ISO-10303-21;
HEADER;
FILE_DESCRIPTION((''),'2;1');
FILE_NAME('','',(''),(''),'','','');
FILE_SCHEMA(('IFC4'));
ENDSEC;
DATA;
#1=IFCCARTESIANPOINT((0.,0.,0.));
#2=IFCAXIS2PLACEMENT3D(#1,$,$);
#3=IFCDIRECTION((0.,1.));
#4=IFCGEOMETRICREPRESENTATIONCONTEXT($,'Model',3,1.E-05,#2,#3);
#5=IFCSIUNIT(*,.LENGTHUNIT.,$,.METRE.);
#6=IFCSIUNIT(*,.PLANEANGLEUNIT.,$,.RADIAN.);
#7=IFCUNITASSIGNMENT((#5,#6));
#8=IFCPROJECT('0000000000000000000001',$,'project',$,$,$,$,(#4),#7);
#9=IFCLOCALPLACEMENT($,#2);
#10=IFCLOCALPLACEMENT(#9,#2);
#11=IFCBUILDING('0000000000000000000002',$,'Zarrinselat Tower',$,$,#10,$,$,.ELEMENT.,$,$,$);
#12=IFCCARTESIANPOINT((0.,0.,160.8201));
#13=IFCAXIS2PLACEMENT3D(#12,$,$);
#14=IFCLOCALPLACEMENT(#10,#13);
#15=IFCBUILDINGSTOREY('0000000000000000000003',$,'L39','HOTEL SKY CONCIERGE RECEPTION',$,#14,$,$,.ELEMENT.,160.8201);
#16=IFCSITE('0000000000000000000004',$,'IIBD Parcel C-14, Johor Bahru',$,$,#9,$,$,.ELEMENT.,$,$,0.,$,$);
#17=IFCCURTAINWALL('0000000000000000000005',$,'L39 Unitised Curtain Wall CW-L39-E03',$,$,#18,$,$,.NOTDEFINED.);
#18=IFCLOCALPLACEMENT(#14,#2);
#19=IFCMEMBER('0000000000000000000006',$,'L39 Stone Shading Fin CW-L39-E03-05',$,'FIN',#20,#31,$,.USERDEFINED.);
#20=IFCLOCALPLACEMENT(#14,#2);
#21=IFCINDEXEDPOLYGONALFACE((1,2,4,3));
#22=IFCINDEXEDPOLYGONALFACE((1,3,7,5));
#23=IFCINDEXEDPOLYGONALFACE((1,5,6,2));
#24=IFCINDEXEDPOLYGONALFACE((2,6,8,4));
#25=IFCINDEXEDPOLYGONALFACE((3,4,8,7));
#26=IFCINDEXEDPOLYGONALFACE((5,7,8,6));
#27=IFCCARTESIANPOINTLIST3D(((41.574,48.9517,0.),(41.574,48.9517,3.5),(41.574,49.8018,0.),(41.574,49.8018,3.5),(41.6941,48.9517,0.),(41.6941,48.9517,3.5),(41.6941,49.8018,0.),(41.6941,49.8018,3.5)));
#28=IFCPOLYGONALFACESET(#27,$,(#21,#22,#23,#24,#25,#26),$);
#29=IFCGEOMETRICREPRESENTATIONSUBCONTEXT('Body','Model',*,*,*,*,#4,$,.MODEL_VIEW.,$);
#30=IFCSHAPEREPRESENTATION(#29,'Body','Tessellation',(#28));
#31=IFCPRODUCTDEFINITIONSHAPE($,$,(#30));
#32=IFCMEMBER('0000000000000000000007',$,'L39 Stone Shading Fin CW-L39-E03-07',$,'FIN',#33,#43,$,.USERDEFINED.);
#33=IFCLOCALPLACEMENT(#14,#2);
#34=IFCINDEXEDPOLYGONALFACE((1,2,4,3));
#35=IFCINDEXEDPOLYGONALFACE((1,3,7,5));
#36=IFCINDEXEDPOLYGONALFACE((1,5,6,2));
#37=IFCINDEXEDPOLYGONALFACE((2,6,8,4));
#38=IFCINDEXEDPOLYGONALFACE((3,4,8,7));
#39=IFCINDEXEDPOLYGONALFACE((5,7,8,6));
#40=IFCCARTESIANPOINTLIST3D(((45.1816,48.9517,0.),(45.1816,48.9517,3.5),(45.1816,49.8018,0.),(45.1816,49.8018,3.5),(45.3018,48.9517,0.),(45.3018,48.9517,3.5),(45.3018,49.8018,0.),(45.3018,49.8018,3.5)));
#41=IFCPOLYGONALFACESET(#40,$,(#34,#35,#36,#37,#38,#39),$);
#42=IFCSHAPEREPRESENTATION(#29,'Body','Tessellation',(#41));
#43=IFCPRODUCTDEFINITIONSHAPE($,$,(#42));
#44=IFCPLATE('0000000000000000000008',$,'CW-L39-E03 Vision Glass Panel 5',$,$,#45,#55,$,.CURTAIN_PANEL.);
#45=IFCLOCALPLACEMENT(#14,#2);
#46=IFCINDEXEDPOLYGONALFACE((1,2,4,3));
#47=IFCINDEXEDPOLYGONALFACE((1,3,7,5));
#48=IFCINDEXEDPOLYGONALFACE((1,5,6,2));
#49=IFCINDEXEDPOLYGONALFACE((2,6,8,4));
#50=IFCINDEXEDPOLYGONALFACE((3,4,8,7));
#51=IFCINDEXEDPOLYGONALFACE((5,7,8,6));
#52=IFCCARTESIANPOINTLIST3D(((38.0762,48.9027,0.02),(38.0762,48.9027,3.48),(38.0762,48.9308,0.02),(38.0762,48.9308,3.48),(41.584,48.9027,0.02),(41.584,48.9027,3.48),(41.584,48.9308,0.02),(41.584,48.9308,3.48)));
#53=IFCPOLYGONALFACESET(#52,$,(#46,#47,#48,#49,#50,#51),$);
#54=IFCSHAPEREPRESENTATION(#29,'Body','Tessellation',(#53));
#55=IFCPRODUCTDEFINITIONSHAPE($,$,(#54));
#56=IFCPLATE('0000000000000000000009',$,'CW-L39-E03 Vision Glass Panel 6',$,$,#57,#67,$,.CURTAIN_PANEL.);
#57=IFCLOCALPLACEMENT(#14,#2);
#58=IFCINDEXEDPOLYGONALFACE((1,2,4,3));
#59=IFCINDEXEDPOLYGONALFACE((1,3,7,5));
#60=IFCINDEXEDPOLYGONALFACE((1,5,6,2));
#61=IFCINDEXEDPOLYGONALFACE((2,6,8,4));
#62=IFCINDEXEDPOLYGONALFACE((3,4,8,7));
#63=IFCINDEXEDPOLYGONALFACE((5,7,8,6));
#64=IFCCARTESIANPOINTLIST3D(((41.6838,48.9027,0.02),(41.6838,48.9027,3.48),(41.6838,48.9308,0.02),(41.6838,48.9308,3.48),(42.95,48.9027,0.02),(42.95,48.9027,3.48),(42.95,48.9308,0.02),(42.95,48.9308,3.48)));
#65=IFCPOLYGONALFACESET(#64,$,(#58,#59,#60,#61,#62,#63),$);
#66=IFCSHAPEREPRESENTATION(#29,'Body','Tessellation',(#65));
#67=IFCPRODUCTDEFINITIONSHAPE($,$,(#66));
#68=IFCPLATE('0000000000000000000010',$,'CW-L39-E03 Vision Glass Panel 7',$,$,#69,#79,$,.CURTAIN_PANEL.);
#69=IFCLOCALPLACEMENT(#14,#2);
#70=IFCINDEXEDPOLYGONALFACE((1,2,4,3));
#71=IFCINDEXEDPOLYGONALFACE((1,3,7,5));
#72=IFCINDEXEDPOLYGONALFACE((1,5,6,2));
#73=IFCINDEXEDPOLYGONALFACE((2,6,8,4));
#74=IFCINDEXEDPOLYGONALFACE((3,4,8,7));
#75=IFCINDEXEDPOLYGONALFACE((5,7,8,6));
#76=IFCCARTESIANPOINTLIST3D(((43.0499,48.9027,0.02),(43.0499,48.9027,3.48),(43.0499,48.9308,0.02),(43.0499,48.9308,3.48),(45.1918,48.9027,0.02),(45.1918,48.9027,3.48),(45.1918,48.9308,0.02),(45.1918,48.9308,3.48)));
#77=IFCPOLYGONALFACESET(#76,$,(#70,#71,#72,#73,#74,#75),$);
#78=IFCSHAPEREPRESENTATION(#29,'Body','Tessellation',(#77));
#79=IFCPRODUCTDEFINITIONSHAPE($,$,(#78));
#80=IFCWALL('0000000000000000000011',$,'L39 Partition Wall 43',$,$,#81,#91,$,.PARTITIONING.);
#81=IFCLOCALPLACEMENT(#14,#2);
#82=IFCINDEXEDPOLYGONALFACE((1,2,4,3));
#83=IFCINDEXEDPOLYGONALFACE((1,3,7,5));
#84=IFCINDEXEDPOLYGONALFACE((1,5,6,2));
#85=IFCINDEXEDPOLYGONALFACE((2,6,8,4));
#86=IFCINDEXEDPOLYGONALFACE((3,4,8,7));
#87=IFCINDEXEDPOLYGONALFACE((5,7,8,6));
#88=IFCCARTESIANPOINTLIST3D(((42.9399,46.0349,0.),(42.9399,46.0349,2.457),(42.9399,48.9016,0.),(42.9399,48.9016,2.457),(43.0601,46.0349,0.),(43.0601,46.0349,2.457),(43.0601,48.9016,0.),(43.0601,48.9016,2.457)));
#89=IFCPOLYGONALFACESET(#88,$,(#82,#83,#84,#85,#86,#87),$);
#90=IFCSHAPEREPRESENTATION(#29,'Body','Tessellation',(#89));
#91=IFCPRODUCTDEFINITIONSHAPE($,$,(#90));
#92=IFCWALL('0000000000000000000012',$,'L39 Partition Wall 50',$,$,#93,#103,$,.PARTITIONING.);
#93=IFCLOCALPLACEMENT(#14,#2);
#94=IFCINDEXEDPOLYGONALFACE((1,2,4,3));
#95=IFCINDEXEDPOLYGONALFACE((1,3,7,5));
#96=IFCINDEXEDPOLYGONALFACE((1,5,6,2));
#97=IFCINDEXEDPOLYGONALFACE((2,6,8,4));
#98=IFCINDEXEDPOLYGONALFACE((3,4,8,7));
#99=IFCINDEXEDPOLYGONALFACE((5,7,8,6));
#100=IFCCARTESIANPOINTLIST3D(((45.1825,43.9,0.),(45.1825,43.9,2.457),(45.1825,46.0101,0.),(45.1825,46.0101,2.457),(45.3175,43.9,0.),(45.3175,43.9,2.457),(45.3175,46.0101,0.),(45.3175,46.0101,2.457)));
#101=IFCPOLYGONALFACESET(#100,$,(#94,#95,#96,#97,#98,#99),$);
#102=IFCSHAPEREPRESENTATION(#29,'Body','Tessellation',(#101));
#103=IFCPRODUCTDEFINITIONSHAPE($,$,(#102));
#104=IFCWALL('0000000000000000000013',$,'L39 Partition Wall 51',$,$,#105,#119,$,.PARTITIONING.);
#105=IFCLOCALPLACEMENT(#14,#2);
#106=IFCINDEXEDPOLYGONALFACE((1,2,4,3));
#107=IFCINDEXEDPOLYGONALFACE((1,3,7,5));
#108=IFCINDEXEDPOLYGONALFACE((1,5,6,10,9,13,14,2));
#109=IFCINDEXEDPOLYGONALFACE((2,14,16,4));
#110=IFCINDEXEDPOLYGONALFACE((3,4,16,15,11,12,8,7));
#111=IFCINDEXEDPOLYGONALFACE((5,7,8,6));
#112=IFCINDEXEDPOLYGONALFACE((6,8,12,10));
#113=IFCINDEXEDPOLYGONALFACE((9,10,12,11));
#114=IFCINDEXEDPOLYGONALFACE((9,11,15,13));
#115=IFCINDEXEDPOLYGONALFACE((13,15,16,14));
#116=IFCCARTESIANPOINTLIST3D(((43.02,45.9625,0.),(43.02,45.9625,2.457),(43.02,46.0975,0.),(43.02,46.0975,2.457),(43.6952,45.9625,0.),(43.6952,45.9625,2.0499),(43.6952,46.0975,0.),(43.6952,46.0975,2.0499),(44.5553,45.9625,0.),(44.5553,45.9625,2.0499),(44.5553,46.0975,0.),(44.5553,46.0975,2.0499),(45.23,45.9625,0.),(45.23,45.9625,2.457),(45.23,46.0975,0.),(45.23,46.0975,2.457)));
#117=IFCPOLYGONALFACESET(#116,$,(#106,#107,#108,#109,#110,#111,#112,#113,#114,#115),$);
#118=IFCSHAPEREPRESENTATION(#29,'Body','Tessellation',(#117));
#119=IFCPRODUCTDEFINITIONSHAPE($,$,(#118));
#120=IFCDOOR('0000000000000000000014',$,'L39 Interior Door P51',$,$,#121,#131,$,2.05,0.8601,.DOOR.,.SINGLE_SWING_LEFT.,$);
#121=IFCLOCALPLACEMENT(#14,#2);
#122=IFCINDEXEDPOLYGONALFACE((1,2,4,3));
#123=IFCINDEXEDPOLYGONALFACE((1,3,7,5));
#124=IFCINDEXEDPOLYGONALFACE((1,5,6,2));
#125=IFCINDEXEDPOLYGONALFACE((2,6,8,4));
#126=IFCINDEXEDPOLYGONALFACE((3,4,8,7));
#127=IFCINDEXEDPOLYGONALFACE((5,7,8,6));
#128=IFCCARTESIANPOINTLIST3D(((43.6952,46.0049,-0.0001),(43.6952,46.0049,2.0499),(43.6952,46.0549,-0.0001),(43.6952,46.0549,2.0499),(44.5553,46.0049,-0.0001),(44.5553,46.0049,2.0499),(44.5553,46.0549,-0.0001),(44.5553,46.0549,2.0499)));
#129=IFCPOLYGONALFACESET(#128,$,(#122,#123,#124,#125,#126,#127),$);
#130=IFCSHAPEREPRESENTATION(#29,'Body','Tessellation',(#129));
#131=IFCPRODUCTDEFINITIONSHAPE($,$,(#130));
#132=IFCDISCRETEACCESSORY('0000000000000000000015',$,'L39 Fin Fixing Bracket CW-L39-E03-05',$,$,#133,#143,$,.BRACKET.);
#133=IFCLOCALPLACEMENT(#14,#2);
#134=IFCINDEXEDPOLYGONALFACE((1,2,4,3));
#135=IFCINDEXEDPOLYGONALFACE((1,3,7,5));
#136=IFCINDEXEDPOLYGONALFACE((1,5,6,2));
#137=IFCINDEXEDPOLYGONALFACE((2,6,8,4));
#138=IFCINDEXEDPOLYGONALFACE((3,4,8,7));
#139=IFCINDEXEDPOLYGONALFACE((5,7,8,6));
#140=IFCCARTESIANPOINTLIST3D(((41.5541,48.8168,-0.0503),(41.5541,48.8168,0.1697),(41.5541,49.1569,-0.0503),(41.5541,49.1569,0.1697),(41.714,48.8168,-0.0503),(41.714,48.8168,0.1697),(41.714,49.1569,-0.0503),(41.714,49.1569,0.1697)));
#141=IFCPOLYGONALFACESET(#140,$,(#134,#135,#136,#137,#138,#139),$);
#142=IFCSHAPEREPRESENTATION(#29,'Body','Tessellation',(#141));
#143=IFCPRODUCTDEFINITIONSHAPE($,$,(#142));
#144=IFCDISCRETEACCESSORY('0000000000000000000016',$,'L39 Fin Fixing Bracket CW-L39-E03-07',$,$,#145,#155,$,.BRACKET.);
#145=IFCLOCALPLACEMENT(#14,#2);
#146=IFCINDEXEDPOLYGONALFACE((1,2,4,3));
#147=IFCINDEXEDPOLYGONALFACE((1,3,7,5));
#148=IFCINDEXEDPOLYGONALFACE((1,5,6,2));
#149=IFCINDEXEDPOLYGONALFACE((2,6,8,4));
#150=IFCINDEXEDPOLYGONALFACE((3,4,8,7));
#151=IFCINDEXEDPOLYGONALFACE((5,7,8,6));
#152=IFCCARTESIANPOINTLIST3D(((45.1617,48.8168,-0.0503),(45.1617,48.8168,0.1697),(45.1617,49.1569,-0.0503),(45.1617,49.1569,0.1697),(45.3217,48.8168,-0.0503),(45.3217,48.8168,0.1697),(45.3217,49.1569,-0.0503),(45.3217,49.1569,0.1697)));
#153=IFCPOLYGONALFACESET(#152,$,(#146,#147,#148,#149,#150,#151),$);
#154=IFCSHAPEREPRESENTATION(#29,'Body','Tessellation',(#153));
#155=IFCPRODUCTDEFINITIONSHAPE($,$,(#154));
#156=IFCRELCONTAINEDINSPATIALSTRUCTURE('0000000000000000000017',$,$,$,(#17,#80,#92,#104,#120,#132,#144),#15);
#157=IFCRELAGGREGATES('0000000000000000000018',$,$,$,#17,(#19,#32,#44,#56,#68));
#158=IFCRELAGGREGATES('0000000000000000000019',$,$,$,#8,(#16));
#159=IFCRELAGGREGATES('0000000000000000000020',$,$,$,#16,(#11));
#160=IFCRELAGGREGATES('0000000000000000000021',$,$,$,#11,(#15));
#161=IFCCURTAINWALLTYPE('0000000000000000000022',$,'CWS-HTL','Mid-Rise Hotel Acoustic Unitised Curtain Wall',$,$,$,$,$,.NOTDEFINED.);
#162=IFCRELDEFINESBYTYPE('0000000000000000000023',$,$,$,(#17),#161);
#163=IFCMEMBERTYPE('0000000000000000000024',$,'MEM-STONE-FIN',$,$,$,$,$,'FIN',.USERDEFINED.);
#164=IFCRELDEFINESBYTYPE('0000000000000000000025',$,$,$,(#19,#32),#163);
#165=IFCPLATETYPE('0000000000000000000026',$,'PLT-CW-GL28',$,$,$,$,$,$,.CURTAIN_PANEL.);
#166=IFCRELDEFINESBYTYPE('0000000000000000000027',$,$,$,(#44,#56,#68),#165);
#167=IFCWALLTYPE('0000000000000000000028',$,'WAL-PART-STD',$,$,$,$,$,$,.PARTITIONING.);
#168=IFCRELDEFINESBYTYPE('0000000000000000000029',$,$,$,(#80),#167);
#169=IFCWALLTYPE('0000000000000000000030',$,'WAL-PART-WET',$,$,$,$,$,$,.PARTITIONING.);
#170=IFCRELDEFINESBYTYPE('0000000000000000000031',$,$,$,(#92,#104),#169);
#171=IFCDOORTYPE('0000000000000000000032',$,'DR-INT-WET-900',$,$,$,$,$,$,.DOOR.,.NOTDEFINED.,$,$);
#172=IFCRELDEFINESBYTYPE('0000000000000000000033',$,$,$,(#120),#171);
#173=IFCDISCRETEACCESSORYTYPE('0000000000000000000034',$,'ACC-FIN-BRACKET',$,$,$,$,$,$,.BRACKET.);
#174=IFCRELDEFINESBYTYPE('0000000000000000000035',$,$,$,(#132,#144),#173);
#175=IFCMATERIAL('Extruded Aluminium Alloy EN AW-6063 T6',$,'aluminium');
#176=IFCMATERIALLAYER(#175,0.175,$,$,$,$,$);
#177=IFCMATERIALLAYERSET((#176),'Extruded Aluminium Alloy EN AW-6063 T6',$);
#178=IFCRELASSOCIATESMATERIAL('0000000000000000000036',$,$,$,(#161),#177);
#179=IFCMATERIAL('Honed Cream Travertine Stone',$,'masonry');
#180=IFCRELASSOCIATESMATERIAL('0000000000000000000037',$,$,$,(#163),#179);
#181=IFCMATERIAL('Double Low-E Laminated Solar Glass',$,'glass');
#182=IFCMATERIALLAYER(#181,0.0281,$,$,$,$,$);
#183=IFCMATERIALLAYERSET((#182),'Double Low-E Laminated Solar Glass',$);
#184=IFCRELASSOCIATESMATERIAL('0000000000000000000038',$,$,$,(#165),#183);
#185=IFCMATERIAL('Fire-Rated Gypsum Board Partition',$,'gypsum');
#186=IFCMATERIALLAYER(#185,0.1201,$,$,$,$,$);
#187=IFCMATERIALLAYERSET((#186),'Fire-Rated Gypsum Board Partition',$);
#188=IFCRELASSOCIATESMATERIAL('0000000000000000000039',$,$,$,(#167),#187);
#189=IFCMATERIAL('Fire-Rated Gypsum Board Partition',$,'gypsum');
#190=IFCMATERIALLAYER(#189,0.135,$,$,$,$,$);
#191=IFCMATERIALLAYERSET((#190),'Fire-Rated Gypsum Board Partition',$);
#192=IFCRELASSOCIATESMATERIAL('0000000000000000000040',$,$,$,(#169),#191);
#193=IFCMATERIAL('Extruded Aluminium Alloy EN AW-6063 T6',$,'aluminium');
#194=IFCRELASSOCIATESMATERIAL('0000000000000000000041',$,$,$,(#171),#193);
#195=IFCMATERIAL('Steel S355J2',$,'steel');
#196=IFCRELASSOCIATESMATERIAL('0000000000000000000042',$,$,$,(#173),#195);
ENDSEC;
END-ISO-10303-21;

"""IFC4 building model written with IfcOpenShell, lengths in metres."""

from ifc_helpers import new_model, si_unit, direction, frame, frame_2d, origin, origin_2d, place, context, subcontext, project, spatial, rectangle, extrude, material, layer, layer_set, material_profile, profile_set, type_object, element, fill, aggregate, save


model = new_model("IFC4")

# Units and contexts
model_context = context("Model", 3, precision=1e-05, world=origin(), true_north=direction((0.0, 1.0)))
body_context = subcontext(model_context, "Body", "Model", "MODEL_VIEW")
ifc_project = project(units=[si_unit("LENGTHUNIT", "METRE"), si_unit("PLANEANGLEUNIT", "RADIAN")], contexts=[model_context])

# Site, building, storey
site_placement = place(None, origin())
site = spatial("IfcSite", under=ifc_project, at=site_placement, Name="IIBD Parcel C-14, Johor Bahru", CompositionType="ELEMENT", RefElevation=0.0)
building_placement = place(site_placement, origin())
building = spatial("IfcBuilding", under=site, at=building_placement, Name="Zarrinselat Tower", CompositionType="ELEMENT")
storey_placement = place(building_placement, frame((0.0, 0.0, 160.8201)))
storey = spatial("IfcBuildingStorey", under=building, at=storey_placement, Name="L39", Description="HOTEL SKY CONCIERGE RECEPTION", CompositionType="ELEMENT", Elevation=160.8201)

# Curtain wall, members, plates
ifc_material_1 = material(Name="Extruded Aluminium Alloy EN AW-6063 T6", Category="aluminium")
ifc_layer_1 = layer(ifc_material_1, 0.175)
ifc_layer_set_1 = layer_set([ifc_layer_1], Name="Extruded Aluminium Alloy EN AW-6063 T6")
curtain_wall_type = type_object("IfcCurtainWallType", Name="CWS-HTL", Description="Mid-Rise Hotel Acoustic Unitised Curtain Wall", PredefinedType="NOTDEFINED", material=ifc_layer_set_1)
curtain_wall_placement = place(storey_placement, origin())
curtain_wall = element("IfcCurtainWall", 1, at=curtain_wall_placement, inside=storey, type_object=curtain_wall_type, Name="L39 Unitised Curtain Wall CW-L39-E03", PredefinedType="NOTDEFINED")
ifc_material_2 = material(Name="Honed Cream Travertine Stone", Category="masonry")
ifc_material_profile_1 = material_profile(ifc_material_2, rectangle(XDim=0.1201, YDim=0.8501, at=origin_2d()), Name="FIN 850x120")
ifc_profile_set_1 = profile_set([ifc_material_profile_1], Name="Honed Cream Travertine Stone")
member_type_1 = type_object("IfcMemberType", Name="MEM-STONE-FIN", ElementType="FIN", PredefinedType="USERDEFINED", material=ifc_profile_set_1)
member_1_placement = place(storey_placement, frame((41.634, 49.3767, 0.0), z_axis=(0.0, 0.0, 1.0), x_axis=(1.0, 0.0, 0.0)))
member_1 = element("IfcMember", 2, at=member_1_placement, type_object=member_type_1, Name="L39 Stone Shading Fin CW-L39-E03-05", ObjectType="FIN", PredefinedType="USERDEFINED", context=body_context, shape_type="SweptSolid", body=[
    extrude(rectangle(XDim=0.1201, YDim=0.8501, at=origin_2d()), origin(), (0.0, 0.0, 1.0), 3.5),
])
member_2_placement = place(storey_placement, frame((45.2417, 49.3767, 0.0), z_axis=(0.0, 0.0, 1.0), x_axis=(1.0, 0.0, 0.0)))
member_2 = element("IfcMember", 3, at=member_2_placement, type_object=member_type_1, Name="L39 Stone Shading Fin CW-L39-E03-07", ObjectType="FIN", PredefinedType="USERDEFINED", context=body_context, shape_type="SweptSolid", body=[
    extrude(rectangle(XDim=0.1201, YDim=0.8501, at=origin_2d()), origin(), (0.0, 0.0, 1.0), 3.5),
])
ifc_material_3 = material(Name="Double Low-E Laminated Solar Glass", Category="glass")
ifc_layer_2 = layer(ifc_material_3, 0.0281)
ifc_layer_set_2 = layer_set([ifc_layer_2], Name="Double Low-E Laminated Solar Glass")
plate_type = type_object("IfcPlateType", Name="PLT-CW-GL28", PredefinedType="CURTAIN_PANEL", material=ifc_layer_set_2)
plate_1_placement = place(storey_placement, frame((39.8301, 48.9167, 0.02), z_axis=(0.0, 0.0, 1.0), x_axis=(1.0, 0.0, 0.0)))
plate_1 = element("IfcPlate", 4, at=plate_1_placement, type_object=plate_type, Name="CW-L39-E03 Vision Glass Panel 5", PredefinedType="CURTAIN_PANEL", context=body_context, shape_type="SweptSolid", body=[
    extrude(rectangle(XDim=3.5078, YDim=0.0281, at=origin_2d()), origin(), (0.0, 0.0, 1.0), 3.46),
])
plate_2_placement = place(storey_placement, frame((42.3169, 48.9167, 0.02), z_axis=(0.0, 0.0, 1.0), x_axis=(1.0, 0.0, 0.0)))
plate_2 = element("IfcPlate", 5, at=plate_2_placement, type_object=plate_type, Name="CW-L39-E03 Vision Glass Panel 6", PredefinedType="CURTAIN_PANEL", context=body_context, shape_type="SweptSolid", body=[
    extrude(rectangle(XDim=1.2661, YDim=0.0281, at=origin_2d()), origin(), (0.0, 0.0, 1.0), 3.46),
])
plate_3_placement = place(storey_placement, frame((44.1208, 48.9167, 0.02), z_axis=(0.0, 0.0, 1.0), x_axis=(1.0, 0.0, 0.0)))
plate_3 = element("IfcPlate", 6, at=plate_3_placement, type_object=plate_type, Name="CW-L39-E03 Vision Glass Panel 7", PredefinedType="CURTAIN_PANEL", context=body_context, shape_type="SweptSolid", body=[
    extrude(rectangle(XDim=2.1418, YDim=0.0281, at=origin_2d()), origin(), (0.0, 0.0, 1.0), 3.46),
])
aggregate(curtain_wall, [member_1, member_2, plate_1, plate_2, plate_3])

# Walls
ifc_material_4 = material(Name="Fire-Rated Gypsum Board Partition", Category="gypsum")
ifc_layer_3 = layer(ifc_material_4, 0.1201)
ifc_layer_set_3 = layer_set([ifc_layer_3], Name="Fire-Rated Gypsum Board Partition")
wall_type_1 = type_object("IfcWallType", Name="WAL-PART-STD", PredefinedType="PARTITIONING", material=ifc_layer_set_3)
wall_1_placement = place(storey_placement, frame((43.0, 46.0349, 0.0), z_axis=(0.0, 0.0, 1.0), x_axis=(0.0, 1.0, 0.0)))
element("IfcWall", 7, at=wall_1_placement, inside=storey, type_object=wall_type_1, Name="L39 Partition Wall 43", PredefinedType="PARTITIONING", context=body_context, shape_type="SweptSolid", body=[
    extrude(rectangle(XDim=2.8667, YDim=0.1201, at=frame_2d((1.4333, 0.0))), origin(), (0.0, 0.0, 1.0), 2.457),
])
ifc_material_5 = material(Name="Fire-Rated Gypsum Board Partition", Category="gypsum")
ifc_layer_4 = layer(ifc_material_5, 0.135)
ifc_layer_set_4 = layer_set([ifc_layer_4], Name="Fire-Rated Gypsum Board Partition")
wall_type_2 = type_object("IfcWallType", Name="WAL-PART-WET", PredefinedType="PARTITIONING", material=ifc_layer_set_4)
wall_2_placement = place(storey_placement, frame((45.25, 43.8999, 0.0), z_axis=(0.0, 0.0, 1.0), x_axis=(0.0, 1.0, 0.0)))
element("IfcWall", 8, at=wall_2_placement, inside=storey, type_object=wall_type_2, Name="L39 Partition Wall 50", PredefinedType="PARTITIONING", context=body_context, shape_type="SweptSolid", body=[
    extrude(rectangle(XDim=2.1101, YDim=0.135, at=frame_2d((1.0552, 0.0))), origin(), (0.0, 0.0, 1.0), 2.457),
])

# Wall, opening, door
wall_3_placement = place(storey_placement, frame((43.02, 46.03, 0.0), z_axis=(0.0, 0.0, 1.0), x_axis=(1.0, 0.0, 0.0)))
wall_3 = element("IfcWall", 9, at=wall_3_placement, inside=storey, type_object=wall_type_2, Name="L39 Partition Wall 51", PredefinedType="PARTITIONING", context=body_context, shape_type="SweptSolid", body=[
    extrude(rectangle(XDim=2.21, YDim=0.135, at=frame_2d((1.105, 0.0))), origin(), (0.0, 0.0, 1.0), 2.457),
])
opening_placement = place(wall_3_placement, frame((0.675, 0.0, 0.0)))
opening = element("IfcOpeningElement", 10, at=opening_placement, cuts=wall_3, PredefinedType="OPENING", context=body_context, shape_type="SweptSolid", body=[
    extrude(rectangle(XDim=0.8601, YDim=2.05, at=frame_2d((0.4302, 1.0249))), frame((0.0, 0.0774, 0.0), z_axis=(0.0, -1.0, 0.0), x_axis=(1.0, 0.0, 0.0)), (0.0, 0.0, 1.0), 0.155),
])
ifc_material_6 = material(Name="Extruded Aluminium Alloy EN AW-6063 T6", Category="aluminium")
door_type = type_object("IfcDoorType", Name="DR-INT-WET-900", OperationType="NOTDEFINED", PredefinedType="DOOR", material=ifc_material_6)
door_placement = place(opening_placement, origin())
door = element("IfcDoor", 11, at=door_placement, inside=storey, type_object=door_type, Name="L39 Interior Door P51", OperationType="SINGLE_SWING_LEFT", OverallHeight=2.05, OverallWidth=0.8601, PredefinedType="DOOR", context=body_context, shape_type="SweptSolid", body=[
    extrude(rectangle(XDim=0.8601, YDim=2.05, at=frame_2d((0.4302, 1.0249))), frame((0.0, 0.0249, 0.0), z_axis=(0.0, -1.0, 0.0), x_axis=(1.0, 0.0, 0.0)), (0.0, 0.0, 1.0), 0.05),
])
fill(opening, door)

# Discrete accessories
ifc_material_7 = material(Name="Steel S355J2", Category="steel")
discrete_accessory_type = type_object("IfcDiscreteAccessoryType", Name="ACC-FIN-BRACKET", PredefinedType="BRACKET", material=ifc_material_7)
for number, where, z_axis, x_axis, name in (
    (12, (41.634, 48.9868, -0.0503), (0.0, 0.0, 1.0), (0.0, 1.0, 0.0), "L39 Fin Fixing Bracket CW-L39-E03-05"),
    (13, (45.2417, 48.9868, -0.0503), (0.0, 0.0, 1.0), (0.0, 1.0, 0.0), "L39 Fin Fixing Bracket CW-L39-E03-07"),
):
    element("IfcDiscreteAccessory", number, at=place(storey_placement, frame(where, z_axis=z_axis, x_axis=x_axis)), inside=storey, type_object=discrete_accessory_type, Name=name, PredefinedType="BRACKET", context=body_context, shape_type="SweptSolid", body=[
        extrude(rectangle(XDim=0.3401, YDim=0.1599, at=origin_2d()), origin(), (0.0, 0.0, 1.0), 0.22),
    ])

save(model, "model.ifc")
